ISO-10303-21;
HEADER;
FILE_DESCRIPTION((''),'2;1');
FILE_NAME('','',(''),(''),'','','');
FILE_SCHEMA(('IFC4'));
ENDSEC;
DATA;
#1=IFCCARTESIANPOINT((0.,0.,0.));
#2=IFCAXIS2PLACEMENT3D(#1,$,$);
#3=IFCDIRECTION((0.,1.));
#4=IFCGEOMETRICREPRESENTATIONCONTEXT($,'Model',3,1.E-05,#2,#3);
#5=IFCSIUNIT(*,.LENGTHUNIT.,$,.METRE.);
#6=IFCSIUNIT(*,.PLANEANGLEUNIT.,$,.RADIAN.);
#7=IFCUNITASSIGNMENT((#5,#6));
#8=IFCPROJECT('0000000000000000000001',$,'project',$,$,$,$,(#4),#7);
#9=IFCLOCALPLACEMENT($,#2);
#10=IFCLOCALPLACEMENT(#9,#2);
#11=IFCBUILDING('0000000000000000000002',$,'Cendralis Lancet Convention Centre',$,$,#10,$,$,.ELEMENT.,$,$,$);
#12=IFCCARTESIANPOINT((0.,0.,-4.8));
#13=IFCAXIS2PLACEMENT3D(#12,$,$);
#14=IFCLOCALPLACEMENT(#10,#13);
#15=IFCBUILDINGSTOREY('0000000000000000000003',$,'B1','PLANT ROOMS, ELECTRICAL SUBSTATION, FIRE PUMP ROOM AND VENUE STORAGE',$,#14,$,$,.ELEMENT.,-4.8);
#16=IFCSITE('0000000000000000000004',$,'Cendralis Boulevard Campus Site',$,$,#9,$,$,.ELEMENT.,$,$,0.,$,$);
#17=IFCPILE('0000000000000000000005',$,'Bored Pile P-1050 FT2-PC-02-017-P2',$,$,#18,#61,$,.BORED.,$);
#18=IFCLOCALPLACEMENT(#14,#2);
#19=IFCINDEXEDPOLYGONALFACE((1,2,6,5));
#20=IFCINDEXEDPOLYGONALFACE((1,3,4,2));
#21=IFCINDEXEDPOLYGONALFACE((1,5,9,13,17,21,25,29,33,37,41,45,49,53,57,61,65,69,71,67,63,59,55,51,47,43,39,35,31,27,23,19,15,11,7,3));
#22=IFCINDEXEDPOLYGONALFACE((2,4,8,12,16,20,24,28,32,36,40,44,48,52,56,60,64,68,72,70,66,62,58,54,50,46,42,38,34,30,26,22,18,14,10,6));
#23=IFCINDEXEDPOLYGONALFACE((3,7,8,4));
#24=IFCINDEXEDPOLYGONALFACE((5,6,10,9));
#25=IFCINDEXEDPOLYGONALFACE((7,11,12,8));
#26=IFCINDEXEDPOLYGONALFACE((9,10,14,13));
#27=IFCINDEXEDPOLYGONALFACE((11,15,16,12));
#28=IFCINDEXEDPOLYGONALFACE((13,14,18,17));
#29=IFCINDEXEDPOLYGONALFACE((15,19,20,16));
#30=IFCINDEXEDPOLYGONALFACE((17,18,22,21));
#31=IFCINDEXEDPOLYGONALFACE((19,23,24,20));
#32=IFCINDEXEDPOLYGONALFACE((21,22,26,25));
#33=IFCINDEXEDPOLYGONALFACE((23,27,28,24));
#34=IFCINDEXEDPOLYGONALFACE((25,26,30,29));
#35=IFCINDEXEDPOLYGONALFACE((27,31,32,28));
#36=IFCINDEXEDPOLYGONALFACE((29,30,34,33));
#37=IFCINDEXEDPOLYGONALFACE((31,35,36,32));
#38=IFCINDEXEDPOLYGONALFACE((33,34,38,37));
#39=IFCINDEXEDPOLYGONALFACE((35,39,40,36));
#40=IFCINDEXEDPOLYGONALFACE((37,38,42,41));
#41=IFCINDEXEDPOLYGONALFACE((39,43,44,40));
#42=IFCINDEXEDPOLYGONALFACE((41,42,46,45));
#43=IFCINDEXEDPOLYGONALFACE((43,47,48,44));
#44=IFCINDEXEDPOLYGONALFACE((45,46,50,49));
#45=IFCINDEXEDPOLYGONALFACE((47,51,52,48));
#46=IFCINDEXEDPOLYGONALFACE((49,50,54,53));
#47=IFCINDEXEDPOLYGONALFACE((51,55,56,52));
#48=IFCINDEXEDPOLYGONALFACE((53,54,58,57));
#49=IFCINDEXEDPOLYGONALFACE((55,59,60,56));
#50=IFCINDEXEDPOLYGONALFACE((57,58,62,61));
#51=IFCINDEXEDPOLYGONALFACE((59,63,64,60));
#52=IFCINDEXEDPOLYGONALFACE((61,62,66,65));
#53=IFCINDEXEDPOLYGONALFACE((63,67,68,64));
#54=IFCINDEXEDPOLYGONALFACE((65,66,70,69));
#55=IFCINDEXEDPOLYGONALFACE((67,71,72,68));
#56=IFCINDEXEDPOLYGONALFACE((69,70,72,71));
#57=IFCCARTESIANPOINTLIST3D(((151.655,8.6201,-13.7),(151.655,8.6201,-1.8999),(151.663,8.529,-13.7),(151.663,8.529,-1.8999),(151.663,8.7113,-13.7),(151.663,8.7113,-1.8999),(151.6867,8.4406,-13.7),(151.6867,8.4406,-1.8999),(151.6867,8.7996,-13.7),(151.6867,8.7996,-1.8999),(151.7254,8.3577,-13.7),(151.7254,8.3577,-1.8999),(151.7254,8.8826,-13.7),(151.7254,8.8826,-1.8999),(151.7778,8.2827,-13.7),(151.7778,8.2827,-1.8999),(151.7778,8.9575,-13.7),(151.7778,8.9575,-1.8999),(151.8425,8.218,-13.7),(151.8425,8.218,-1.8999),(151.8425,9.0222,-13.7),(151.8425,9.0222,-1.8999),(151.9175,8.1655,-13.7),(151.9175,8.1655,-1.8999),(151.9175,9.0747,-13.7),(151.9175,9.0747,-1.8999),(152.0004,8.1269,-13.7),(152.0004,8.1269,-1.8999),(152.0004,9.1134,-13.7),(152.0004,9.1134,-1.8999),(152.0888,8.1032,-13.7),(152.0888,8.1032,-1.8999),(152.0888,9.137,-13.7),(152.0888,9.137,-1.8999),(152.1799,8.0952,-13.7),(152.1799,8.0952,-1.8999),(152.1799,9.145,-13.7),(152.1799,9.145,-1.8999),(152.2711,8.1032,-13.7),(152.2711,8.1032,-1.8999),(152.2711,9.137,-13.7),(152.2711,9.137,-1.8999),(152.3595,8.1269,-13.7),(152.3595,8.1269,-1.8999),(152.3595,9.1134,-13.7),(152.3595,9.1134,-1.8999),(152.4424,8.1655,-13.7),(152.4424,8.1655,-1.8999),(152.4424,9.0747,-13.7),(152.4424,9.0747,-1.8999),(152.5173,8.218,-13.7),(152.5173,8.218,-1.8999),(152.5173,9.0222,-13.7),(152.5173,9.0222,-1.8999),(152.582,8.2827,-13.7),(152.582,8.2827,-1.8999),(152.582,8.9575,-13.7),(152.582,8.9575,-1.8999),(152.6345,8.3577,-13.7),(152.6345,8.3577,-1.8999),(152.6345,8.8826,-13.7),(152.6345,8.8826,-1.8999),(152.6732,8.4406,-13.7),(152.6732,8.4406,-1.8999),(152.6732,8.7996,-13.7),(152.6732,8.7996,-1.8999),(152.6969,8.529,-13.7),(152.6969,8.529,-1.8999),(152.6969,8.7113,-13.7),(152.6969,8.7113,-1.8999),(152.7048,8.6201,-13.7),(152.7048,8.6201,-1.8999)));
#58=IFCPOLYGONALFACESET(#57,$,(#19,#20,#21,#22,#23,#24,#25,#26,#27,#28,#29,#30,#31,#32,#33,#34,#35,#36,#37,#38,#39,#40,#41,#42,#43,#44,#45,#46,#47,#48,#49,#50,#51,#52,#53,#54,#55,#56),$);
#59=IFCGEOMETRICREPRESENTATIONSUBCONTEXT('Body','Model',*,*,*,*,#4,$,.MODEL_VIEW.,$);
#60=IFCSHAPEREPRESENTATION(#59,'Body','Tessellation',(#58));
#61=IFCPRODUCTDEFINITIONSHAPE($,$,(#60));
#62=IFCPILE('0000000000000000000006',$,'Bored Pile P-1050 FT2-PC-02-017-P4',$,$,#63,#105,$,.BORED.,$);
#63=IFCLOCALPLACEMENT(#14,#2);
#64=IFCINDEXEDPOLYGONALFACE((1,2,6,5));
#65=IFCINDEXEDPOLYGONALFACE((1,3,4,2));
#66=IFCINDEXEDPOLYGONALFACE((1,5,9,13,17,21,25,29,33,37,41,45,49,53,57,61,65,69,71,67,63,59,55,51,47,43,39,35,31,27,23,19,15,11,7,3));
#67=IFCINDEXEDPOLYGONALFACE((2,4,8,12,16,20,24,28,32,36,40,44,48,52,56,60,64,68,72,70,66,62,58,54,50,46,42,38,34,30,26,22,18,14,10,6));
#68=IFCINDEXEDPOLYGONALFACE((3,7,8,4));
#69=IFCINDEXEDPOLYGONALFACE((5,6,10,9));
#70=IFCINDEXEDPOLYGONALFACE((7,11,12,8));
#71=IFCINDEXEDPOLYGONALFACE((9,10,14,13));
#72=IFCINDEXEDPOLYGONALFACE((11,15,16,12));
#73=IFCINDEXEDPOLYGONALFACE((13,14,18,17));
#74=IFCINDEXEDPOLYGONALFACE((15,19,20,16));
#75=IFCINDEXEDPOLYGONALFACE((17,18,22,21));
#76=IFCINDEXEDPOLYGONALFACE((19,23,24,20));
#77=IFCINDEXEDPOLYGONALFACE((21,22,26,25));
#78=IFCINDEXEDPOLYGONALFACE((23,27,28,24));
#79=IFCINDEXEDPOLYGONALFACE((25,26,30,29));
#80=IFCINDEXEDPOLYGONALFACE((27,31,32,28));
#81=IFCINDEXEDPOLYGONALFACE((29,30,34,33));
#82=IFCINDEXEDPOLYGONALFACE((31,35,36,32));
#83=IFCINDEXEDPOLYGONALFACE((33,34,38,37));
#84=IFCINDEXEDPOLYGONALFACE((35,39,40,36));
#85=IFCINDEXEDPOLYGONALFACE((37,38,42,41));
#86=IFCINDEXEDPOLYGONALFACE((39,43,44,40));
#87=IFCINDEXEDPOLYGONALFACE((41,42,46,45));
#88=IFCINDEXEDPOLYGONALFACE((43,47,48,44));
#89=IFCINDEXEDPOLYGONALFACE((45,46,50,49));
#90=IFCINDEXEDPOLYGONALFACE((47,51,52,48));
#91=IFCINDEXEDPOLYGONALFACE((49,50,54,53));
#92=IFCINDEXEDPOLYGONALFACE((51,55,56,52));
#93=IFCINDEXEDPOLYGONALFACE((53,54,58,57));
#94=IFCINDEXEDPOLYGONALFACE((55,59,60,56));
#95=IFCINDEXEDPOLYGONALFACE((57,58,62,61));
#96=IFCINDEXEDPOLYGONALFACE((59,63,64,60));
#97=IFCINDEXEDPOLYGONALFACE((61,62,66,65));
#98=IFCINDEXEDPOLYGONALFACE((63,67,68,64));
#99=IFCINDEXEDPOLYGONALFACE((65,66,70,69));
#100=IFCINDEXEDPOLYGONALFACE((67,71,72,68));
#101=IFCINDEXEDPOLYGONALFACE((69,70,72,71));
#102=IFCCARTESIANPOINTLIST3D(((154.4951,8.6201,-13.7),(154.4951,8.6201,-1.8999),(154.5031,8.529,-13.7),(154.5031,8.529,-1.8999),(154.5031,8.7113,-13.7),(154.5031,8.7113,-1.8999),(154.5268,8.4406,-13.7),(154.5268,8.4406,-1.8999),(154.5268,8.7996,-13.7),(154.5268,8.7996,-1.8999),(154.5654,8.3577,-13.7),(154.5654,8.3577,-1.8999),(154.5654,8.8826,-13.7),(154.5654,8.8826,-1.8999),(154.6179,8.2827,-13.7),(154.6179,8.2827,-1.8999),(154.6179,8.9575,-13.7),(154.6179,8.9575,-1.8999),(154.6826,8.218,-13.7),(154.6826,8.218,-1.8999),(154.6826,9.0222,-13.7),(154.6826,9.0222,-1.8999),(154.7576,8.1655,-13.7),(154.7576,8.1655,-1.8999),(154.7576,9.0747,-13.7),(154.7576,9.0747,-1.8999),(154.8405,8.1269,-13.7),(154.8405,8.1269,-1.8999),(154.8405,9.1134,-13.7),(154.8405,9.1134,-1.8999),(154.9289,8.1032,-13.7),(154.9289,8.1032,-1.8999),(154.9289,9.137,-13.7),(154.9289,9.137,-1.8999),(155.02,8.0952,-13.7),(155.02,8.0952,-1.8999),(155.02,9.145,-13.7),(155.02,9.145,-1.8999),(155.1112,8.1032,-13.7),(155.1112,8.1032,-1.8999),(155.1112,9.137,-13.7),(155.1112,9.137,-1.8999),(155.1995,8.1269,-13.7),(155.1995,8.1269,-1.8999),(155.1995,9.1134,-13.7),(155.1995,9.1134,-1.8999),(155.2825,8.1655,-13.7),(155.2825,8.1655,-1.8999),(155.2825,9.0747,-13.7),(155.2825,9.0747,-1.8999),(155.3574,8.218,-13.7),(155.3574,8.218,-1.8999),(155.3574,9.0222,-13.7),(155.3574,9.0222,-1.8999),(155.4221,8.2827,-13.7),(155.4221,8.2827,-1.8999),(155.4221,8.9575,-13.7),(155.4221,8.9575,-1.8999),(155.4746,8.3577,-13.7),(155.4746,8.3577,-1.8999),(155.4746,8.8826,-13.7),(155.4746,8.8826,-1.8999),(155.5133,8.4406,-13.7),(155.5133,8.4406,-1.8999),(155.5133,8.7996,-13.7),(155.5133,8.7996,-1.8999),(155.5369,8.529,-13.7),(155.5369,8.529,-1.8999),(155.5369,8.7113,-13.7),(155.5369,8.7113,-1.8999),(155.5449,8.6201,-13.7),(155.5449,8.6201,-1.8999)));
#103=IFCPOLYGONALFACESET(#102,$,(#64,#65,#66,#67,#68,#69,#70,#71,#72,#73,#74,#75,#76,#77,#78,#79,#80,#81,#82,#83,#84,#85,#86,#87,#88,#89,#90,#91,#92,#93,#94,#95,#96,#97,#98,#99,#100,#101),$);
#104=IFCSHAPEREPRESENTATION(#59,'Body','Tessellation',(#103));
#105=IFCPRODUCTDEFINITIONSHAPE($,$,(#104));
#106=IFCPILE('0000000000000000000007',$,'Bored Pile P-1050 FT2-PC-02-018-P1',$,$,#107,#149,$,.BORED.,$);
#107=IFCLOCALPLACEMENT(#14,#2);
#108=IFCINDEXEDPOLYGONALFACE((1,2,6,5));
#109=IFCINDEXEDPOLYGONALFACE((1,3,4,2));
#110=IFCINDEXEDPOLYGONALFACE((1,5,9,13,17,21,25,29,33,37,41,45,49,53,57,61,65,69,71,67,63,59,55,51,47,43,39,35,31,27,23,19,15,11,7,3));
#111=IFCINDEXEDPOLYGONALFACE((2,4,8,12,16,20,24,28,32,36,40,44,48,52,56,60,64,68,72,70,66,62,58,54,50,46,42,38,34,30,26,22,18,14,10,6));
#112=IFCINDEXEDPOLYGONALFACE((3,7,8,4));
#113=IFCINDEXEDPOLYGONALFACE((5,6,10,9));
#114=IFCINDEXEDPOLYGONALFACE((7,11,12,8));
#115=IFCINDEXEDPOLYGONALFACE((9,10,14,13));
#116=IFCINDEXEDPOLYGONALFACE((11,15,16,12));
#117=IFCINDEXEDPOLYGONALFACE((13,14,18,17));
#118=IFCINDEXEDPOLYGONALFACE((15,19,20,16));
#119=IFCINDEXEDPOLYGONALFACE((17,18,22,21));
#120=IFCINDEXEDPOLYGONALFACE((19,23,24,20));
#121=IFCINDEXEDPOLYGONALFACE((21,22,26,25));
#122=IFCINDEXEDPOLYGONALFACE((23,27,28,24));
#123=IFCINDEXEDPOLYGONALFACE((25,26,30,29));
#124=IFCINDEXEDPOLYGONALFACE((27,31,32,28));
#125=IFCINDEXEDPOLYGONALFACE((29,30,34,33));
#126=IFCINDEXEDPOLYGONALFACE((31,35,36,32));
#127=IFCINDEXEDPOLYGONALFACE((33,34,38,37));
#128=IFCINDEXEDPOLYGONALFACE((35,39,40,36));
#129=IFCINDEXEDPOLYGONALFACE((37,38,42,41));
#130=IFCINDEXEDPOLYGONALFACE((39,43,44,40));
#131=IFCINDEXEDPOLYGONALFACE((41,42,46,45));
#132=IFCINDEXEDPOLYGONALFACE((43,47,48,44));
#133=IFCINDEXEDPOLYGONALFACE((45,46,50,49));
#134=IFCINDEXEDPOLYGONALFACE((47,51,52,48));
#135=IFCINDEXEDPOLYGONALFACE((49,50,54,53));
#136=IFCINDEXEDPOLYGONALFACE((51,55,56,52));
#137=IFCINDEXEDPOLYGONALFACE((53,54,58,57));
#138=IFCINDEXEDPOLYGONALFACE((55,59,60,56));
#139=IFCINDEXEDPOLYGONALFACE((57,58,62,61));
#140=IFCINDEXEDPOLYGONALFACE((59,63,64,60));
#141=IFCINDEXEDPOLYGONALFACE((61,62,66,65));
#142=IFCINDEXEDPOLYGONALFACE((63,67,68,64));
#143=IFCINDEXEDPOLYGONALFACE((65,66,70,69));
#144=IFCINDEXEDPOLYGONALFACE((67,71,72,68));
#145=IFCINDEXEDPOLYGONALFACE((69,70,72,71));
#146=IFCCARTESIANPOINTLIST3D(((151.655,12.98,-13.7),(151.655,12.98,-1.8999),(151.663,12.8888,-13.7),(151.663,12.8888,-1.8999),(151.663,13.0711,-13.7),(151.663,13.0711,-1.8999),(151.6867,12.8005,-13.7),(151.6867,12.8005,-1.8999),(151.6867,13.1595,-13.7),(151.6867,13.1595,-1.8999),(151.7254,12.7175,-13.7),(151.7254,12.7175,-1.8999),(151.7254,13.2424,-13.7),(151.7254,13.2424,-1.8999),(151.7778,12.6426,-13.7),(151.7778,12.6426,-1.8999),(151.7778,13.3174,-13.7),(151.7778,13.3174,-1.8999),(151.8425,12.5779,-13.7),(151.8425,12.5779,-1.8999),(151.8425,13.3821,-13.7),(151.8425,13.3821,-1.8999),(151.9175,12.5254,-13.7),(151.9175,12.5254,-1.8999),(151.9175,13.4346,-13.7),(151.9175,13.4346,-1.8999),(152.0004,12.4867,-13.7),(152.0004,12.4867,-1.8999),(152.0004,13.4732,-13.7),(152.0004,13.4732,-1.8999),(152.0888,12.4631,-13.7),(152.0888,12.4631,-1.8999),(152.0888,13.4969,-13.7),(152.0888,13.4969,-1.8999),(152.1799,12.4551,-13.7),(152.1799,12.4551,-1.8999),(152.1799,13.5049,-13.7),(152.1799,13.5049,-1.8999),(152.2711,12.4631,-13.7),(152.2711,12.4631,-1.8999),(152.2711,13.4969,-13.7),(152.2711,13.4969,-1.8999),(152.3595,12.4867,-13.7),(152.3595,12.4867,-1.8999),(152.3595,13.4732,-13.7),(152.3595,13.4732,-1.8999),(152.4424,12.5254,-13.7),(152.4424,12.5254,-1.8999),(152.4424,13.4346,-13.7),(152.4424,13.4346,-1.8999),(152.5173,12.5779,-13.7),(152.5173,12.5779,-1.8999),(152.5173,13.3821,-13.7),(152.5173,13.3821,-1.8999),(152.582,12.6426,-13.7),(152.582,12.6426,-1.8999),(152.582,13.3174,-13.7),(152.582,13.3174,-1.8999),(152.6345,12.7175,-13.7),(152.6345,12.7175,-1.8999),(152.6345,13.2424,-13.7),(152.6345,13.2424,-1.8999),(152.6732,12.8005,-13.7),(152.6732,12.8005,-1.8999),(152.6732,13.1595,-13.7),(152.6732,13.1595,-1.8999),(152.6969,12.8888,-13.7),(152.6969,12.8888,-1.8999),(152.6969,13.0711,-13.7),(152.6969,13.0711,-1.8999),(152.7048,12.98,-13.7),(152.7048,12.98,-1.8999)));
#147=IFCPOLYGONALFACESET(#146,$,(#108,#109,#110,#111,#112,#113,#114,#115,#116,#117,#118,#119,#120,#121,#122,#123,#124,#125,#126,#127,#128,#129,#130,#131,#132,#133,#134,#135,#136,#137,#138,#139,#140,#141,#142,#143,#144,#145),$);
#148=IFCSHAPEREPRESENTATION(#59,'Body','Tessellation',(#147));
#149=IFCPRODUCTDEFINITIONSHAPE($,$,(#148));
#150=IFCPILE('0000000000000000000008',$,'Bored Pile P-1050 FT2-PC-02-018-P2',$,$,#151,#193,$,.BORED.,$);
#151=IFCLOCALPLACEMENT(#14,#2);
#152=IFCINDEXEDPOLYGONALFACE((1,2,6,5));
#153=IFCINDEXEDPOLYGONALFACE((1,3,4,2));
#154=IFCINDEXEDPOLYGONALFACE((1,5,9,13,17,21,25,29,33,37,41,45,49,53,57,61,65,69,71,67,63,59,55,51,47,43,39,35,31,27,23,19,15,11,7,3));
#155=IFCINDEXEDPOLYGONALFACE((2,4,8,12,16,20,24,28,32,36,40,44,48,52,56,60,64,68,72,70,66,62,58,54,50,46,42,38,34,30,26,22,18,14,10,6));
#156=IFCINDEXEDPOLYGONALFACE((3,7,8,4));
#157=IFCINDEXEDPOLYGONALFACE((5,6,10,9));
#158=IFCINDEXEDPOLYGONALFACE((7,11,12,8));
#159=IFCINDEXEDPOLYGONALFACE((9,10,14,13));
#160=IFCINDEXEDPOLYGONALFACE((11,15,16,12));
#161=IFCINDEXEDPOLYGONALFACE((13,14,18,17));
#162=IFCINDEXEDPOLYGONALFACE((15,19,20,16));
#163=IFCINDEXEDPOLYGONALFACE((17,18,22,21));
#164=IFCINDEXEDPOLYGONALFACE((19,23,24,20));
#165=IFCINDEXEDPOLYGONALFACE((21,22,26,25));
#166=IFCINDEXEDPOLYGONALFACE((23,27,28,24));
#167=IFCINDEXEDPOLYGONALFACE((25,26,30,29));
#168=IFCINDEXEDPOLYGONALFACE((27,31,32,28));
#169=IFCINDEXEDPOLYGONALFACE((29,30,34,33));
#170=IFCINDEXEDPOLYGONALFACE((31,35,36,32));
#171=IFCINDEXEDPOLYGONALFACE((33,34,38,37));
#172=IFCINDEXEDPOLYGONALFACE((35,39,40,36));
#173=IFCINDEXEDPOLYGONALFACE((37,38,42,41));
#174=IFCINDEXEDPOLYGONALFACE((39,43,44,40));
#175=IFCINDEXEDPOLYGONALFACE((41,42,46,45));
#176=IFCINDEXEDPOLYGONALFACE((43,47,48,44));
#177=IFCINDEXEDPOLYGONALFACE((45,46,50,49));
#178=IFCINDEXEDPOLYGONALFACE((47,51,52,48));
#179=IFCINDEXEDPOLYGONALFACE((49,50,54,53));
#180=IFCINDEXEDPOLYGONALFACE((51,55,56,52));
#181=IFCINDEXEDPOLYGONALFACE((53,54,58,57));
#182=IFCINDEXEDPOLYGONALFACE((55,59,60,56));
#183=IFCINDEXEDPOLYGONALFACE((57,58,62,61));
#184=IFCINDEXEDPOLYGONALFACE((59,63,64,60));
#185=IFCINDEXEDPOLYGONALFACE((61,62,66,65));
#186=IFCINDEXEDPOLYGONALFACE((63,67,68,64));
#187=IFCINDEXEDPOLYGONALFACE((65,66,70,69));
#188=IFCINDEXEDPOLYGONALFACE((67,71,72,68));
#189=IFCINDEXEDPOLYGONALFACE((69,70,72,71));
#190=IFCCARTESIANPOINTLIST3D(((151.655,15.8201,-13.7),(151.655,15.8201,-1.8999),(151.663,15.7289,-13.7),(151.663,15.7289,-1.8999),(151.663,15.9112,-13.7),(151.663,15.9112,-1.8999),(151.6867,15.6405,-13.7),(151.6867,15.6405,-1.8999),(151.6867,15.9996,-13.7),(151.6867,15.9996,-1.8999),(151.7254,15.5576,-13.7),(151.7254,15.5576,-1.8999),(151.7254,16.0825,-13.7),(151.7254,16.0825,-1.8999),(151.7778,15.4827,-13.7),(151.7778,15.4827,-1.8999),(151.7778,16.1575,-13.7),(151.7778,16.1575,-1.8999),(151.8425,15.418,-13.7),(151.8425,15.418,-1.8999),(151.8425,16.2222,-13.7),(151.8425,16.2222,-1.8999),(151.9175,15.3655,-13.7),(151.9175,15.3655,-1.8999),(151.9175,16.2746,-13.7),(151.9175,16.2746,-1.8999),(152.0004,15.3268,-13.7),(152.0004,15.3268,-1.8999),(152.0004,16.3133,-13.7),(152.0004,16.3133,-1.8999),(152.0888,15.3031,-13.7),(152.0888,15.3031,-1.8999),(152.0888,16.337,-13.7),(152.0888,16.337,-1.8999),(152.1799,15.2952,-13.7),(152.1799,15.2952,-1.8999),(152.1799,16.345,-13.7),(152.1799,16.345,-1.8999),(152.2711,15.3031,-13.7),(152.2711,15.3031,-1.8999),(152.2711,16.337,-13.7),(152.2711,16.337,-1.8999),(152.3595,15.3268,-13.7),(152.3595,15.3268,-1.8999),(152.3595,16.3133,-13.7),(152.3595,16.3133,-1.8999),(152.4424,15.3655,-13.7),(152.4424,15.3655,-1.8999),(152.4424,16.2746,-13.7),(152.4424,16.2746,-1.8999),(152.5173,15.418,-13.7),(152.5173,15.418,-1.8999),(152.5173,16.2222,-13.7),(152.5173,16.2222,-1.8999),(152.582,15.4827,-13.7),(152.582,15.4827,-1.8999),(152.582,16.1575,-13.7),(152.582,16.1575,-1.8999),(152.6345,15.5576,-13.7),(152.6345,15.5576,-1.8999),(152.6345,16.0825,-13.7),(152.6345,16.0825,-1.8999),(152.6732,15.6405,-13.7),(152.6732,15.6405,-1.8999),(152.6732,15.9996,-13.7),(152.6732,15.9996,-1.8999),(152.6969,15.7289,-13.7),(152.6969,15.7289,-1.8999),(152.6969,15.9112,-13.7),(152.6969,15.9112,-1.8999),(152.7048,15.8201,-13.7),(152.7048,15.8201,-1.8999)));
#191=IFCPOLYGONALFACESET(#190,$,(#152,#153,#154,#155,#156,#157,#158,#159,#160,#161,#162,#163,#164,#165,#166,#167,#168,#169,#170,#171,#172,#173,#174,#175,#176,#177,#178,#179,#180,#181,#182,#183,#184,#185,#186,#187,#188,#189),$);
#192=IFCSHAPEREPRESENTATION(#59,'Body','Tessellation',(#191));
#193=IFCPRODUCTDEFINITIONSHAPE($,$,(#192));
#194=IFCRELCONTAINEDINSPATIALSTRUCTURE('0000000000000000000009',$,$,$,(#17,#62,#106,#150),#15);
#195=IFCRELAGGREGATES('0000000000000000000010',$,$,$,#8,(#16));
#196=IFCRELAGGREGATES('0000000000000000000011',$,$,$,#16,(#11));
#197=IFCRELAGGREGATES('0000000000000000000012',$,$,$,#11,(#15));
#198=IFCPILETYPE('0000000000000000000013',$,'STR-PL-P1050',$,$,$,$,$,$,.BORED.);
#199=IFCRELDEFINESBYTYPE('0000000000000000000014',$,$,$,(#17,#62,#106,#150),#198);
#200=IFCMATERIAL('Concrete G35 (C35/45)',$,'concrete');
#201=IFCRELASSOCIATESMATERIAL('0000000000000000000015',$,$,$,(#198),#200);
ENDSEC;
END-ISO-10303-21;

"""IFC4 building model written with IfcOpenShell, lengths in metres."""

from ifc_helpers import new_model, si_unit, direction, frame, origin, origin_2d, place, context, subcontext, project, spatial, circle, extrude, material, material_profile, profile_set, type_object, element, save


model = new_model("IFC4")

# Units and contexts
model_context = context("Model", 3, precision=1e-05, world=origin(), true_north=direction((0.0, 1.0)))
body_context = subcontext(model_context, "Body", "Model", "MODEL_VIEW")
ifc_project = project(units=[si_unit("LENGTHUNIT", "METRE"), si_unit("PLANEANGLEUNIT", "RADIAN")], contexts=[model_context])

# Site, building, storey
site_placement = place(None, origin())
site = spatial("IfcSite", under=ifc_project, at=site_placement, Name="Cendralis Boulevard Campus Site", CompositionType="ELEMENT", RefElevation=0.0)
building_placement = place(site_placement, origin())
building = spatial("IfcBuilding", under=site, at=building_placement, Name="Cendralis Lancet Convention Centre", CompositionType="ELEMENT")
storey_placement = place(building_placement, frame((0.0, 0.0, -4.8)))
storey = spatial("IfcBuildingStorey", under=building, at=storey_placement, Name="B1", Description="PLANT ROOMS, ELECTRICAL SUBSTATION, FIRE PUMP ROOM AND VENUE STORAGE", CompositionType="ELEMENT", Elevation=-4.8)

# Shared definitions
ifc_material_1 = material(Name="Concrete G35 (C35/45)", Category="concrete")

# Piles
ifc_material_profile_1 = material_profile(ifc_material_1, circle(Radius=0.5249, at=origin_2d()), Name="BORED PILE D1050")
ifc_profile_set_1 = profile_set([ifc_material_profile_1], Name="Concrete G35 (C35/45)")
pile_type = type_object("IfcPileType", Name="STR-PL-P1050", PredefinedType="BORED", material=ifc_profile_set_1)
for number, where, z_axis, x_axis, name in (
    (1, (152.1799, 8.6201, -1.8999), (0.0, 0.0, -1.0), (1.0, 0.0, 0.0), "Bored Pile P-1050 FT2-PC-02-017-P2"),
    (2, (155.02, 8.6201, -1.8999), (0.0, 0.0, -1.0), (1.0, 0.0, 0.0), "Bored Pile P-1050 FT2-PC-02-017-P4"),
    (3, (152.1799, 12.98, -1.8999), (0.0, 0.0, -1.0), (1.0, 0.0, 0.0), "Bored Pile P-1050 FT2-PC-02-018-P1"),
    (4, (152.1799, 15.8201, -1.8999), (0.0, 0.0, -1.0), (1.0, 0.0, 0.0), "Bored Pile P-1050 FT2-PC-02-018-P2"),
):
    element("IfcPile", number, at=place(storey_placement, frame(where, z_axis=z_axis, x_axis=x_axis)), inside=storey, type_object=pile_type, Name=name, PredefinedType="BORED", context=body_context, shape_type="SweptSolid", body=[
        extrude(circle(Radius=0.5249, at=origin_2d()), origin(), (0.0, 0.0, 1.0), 11.8),
    ])

save(model, "model.ifc")
